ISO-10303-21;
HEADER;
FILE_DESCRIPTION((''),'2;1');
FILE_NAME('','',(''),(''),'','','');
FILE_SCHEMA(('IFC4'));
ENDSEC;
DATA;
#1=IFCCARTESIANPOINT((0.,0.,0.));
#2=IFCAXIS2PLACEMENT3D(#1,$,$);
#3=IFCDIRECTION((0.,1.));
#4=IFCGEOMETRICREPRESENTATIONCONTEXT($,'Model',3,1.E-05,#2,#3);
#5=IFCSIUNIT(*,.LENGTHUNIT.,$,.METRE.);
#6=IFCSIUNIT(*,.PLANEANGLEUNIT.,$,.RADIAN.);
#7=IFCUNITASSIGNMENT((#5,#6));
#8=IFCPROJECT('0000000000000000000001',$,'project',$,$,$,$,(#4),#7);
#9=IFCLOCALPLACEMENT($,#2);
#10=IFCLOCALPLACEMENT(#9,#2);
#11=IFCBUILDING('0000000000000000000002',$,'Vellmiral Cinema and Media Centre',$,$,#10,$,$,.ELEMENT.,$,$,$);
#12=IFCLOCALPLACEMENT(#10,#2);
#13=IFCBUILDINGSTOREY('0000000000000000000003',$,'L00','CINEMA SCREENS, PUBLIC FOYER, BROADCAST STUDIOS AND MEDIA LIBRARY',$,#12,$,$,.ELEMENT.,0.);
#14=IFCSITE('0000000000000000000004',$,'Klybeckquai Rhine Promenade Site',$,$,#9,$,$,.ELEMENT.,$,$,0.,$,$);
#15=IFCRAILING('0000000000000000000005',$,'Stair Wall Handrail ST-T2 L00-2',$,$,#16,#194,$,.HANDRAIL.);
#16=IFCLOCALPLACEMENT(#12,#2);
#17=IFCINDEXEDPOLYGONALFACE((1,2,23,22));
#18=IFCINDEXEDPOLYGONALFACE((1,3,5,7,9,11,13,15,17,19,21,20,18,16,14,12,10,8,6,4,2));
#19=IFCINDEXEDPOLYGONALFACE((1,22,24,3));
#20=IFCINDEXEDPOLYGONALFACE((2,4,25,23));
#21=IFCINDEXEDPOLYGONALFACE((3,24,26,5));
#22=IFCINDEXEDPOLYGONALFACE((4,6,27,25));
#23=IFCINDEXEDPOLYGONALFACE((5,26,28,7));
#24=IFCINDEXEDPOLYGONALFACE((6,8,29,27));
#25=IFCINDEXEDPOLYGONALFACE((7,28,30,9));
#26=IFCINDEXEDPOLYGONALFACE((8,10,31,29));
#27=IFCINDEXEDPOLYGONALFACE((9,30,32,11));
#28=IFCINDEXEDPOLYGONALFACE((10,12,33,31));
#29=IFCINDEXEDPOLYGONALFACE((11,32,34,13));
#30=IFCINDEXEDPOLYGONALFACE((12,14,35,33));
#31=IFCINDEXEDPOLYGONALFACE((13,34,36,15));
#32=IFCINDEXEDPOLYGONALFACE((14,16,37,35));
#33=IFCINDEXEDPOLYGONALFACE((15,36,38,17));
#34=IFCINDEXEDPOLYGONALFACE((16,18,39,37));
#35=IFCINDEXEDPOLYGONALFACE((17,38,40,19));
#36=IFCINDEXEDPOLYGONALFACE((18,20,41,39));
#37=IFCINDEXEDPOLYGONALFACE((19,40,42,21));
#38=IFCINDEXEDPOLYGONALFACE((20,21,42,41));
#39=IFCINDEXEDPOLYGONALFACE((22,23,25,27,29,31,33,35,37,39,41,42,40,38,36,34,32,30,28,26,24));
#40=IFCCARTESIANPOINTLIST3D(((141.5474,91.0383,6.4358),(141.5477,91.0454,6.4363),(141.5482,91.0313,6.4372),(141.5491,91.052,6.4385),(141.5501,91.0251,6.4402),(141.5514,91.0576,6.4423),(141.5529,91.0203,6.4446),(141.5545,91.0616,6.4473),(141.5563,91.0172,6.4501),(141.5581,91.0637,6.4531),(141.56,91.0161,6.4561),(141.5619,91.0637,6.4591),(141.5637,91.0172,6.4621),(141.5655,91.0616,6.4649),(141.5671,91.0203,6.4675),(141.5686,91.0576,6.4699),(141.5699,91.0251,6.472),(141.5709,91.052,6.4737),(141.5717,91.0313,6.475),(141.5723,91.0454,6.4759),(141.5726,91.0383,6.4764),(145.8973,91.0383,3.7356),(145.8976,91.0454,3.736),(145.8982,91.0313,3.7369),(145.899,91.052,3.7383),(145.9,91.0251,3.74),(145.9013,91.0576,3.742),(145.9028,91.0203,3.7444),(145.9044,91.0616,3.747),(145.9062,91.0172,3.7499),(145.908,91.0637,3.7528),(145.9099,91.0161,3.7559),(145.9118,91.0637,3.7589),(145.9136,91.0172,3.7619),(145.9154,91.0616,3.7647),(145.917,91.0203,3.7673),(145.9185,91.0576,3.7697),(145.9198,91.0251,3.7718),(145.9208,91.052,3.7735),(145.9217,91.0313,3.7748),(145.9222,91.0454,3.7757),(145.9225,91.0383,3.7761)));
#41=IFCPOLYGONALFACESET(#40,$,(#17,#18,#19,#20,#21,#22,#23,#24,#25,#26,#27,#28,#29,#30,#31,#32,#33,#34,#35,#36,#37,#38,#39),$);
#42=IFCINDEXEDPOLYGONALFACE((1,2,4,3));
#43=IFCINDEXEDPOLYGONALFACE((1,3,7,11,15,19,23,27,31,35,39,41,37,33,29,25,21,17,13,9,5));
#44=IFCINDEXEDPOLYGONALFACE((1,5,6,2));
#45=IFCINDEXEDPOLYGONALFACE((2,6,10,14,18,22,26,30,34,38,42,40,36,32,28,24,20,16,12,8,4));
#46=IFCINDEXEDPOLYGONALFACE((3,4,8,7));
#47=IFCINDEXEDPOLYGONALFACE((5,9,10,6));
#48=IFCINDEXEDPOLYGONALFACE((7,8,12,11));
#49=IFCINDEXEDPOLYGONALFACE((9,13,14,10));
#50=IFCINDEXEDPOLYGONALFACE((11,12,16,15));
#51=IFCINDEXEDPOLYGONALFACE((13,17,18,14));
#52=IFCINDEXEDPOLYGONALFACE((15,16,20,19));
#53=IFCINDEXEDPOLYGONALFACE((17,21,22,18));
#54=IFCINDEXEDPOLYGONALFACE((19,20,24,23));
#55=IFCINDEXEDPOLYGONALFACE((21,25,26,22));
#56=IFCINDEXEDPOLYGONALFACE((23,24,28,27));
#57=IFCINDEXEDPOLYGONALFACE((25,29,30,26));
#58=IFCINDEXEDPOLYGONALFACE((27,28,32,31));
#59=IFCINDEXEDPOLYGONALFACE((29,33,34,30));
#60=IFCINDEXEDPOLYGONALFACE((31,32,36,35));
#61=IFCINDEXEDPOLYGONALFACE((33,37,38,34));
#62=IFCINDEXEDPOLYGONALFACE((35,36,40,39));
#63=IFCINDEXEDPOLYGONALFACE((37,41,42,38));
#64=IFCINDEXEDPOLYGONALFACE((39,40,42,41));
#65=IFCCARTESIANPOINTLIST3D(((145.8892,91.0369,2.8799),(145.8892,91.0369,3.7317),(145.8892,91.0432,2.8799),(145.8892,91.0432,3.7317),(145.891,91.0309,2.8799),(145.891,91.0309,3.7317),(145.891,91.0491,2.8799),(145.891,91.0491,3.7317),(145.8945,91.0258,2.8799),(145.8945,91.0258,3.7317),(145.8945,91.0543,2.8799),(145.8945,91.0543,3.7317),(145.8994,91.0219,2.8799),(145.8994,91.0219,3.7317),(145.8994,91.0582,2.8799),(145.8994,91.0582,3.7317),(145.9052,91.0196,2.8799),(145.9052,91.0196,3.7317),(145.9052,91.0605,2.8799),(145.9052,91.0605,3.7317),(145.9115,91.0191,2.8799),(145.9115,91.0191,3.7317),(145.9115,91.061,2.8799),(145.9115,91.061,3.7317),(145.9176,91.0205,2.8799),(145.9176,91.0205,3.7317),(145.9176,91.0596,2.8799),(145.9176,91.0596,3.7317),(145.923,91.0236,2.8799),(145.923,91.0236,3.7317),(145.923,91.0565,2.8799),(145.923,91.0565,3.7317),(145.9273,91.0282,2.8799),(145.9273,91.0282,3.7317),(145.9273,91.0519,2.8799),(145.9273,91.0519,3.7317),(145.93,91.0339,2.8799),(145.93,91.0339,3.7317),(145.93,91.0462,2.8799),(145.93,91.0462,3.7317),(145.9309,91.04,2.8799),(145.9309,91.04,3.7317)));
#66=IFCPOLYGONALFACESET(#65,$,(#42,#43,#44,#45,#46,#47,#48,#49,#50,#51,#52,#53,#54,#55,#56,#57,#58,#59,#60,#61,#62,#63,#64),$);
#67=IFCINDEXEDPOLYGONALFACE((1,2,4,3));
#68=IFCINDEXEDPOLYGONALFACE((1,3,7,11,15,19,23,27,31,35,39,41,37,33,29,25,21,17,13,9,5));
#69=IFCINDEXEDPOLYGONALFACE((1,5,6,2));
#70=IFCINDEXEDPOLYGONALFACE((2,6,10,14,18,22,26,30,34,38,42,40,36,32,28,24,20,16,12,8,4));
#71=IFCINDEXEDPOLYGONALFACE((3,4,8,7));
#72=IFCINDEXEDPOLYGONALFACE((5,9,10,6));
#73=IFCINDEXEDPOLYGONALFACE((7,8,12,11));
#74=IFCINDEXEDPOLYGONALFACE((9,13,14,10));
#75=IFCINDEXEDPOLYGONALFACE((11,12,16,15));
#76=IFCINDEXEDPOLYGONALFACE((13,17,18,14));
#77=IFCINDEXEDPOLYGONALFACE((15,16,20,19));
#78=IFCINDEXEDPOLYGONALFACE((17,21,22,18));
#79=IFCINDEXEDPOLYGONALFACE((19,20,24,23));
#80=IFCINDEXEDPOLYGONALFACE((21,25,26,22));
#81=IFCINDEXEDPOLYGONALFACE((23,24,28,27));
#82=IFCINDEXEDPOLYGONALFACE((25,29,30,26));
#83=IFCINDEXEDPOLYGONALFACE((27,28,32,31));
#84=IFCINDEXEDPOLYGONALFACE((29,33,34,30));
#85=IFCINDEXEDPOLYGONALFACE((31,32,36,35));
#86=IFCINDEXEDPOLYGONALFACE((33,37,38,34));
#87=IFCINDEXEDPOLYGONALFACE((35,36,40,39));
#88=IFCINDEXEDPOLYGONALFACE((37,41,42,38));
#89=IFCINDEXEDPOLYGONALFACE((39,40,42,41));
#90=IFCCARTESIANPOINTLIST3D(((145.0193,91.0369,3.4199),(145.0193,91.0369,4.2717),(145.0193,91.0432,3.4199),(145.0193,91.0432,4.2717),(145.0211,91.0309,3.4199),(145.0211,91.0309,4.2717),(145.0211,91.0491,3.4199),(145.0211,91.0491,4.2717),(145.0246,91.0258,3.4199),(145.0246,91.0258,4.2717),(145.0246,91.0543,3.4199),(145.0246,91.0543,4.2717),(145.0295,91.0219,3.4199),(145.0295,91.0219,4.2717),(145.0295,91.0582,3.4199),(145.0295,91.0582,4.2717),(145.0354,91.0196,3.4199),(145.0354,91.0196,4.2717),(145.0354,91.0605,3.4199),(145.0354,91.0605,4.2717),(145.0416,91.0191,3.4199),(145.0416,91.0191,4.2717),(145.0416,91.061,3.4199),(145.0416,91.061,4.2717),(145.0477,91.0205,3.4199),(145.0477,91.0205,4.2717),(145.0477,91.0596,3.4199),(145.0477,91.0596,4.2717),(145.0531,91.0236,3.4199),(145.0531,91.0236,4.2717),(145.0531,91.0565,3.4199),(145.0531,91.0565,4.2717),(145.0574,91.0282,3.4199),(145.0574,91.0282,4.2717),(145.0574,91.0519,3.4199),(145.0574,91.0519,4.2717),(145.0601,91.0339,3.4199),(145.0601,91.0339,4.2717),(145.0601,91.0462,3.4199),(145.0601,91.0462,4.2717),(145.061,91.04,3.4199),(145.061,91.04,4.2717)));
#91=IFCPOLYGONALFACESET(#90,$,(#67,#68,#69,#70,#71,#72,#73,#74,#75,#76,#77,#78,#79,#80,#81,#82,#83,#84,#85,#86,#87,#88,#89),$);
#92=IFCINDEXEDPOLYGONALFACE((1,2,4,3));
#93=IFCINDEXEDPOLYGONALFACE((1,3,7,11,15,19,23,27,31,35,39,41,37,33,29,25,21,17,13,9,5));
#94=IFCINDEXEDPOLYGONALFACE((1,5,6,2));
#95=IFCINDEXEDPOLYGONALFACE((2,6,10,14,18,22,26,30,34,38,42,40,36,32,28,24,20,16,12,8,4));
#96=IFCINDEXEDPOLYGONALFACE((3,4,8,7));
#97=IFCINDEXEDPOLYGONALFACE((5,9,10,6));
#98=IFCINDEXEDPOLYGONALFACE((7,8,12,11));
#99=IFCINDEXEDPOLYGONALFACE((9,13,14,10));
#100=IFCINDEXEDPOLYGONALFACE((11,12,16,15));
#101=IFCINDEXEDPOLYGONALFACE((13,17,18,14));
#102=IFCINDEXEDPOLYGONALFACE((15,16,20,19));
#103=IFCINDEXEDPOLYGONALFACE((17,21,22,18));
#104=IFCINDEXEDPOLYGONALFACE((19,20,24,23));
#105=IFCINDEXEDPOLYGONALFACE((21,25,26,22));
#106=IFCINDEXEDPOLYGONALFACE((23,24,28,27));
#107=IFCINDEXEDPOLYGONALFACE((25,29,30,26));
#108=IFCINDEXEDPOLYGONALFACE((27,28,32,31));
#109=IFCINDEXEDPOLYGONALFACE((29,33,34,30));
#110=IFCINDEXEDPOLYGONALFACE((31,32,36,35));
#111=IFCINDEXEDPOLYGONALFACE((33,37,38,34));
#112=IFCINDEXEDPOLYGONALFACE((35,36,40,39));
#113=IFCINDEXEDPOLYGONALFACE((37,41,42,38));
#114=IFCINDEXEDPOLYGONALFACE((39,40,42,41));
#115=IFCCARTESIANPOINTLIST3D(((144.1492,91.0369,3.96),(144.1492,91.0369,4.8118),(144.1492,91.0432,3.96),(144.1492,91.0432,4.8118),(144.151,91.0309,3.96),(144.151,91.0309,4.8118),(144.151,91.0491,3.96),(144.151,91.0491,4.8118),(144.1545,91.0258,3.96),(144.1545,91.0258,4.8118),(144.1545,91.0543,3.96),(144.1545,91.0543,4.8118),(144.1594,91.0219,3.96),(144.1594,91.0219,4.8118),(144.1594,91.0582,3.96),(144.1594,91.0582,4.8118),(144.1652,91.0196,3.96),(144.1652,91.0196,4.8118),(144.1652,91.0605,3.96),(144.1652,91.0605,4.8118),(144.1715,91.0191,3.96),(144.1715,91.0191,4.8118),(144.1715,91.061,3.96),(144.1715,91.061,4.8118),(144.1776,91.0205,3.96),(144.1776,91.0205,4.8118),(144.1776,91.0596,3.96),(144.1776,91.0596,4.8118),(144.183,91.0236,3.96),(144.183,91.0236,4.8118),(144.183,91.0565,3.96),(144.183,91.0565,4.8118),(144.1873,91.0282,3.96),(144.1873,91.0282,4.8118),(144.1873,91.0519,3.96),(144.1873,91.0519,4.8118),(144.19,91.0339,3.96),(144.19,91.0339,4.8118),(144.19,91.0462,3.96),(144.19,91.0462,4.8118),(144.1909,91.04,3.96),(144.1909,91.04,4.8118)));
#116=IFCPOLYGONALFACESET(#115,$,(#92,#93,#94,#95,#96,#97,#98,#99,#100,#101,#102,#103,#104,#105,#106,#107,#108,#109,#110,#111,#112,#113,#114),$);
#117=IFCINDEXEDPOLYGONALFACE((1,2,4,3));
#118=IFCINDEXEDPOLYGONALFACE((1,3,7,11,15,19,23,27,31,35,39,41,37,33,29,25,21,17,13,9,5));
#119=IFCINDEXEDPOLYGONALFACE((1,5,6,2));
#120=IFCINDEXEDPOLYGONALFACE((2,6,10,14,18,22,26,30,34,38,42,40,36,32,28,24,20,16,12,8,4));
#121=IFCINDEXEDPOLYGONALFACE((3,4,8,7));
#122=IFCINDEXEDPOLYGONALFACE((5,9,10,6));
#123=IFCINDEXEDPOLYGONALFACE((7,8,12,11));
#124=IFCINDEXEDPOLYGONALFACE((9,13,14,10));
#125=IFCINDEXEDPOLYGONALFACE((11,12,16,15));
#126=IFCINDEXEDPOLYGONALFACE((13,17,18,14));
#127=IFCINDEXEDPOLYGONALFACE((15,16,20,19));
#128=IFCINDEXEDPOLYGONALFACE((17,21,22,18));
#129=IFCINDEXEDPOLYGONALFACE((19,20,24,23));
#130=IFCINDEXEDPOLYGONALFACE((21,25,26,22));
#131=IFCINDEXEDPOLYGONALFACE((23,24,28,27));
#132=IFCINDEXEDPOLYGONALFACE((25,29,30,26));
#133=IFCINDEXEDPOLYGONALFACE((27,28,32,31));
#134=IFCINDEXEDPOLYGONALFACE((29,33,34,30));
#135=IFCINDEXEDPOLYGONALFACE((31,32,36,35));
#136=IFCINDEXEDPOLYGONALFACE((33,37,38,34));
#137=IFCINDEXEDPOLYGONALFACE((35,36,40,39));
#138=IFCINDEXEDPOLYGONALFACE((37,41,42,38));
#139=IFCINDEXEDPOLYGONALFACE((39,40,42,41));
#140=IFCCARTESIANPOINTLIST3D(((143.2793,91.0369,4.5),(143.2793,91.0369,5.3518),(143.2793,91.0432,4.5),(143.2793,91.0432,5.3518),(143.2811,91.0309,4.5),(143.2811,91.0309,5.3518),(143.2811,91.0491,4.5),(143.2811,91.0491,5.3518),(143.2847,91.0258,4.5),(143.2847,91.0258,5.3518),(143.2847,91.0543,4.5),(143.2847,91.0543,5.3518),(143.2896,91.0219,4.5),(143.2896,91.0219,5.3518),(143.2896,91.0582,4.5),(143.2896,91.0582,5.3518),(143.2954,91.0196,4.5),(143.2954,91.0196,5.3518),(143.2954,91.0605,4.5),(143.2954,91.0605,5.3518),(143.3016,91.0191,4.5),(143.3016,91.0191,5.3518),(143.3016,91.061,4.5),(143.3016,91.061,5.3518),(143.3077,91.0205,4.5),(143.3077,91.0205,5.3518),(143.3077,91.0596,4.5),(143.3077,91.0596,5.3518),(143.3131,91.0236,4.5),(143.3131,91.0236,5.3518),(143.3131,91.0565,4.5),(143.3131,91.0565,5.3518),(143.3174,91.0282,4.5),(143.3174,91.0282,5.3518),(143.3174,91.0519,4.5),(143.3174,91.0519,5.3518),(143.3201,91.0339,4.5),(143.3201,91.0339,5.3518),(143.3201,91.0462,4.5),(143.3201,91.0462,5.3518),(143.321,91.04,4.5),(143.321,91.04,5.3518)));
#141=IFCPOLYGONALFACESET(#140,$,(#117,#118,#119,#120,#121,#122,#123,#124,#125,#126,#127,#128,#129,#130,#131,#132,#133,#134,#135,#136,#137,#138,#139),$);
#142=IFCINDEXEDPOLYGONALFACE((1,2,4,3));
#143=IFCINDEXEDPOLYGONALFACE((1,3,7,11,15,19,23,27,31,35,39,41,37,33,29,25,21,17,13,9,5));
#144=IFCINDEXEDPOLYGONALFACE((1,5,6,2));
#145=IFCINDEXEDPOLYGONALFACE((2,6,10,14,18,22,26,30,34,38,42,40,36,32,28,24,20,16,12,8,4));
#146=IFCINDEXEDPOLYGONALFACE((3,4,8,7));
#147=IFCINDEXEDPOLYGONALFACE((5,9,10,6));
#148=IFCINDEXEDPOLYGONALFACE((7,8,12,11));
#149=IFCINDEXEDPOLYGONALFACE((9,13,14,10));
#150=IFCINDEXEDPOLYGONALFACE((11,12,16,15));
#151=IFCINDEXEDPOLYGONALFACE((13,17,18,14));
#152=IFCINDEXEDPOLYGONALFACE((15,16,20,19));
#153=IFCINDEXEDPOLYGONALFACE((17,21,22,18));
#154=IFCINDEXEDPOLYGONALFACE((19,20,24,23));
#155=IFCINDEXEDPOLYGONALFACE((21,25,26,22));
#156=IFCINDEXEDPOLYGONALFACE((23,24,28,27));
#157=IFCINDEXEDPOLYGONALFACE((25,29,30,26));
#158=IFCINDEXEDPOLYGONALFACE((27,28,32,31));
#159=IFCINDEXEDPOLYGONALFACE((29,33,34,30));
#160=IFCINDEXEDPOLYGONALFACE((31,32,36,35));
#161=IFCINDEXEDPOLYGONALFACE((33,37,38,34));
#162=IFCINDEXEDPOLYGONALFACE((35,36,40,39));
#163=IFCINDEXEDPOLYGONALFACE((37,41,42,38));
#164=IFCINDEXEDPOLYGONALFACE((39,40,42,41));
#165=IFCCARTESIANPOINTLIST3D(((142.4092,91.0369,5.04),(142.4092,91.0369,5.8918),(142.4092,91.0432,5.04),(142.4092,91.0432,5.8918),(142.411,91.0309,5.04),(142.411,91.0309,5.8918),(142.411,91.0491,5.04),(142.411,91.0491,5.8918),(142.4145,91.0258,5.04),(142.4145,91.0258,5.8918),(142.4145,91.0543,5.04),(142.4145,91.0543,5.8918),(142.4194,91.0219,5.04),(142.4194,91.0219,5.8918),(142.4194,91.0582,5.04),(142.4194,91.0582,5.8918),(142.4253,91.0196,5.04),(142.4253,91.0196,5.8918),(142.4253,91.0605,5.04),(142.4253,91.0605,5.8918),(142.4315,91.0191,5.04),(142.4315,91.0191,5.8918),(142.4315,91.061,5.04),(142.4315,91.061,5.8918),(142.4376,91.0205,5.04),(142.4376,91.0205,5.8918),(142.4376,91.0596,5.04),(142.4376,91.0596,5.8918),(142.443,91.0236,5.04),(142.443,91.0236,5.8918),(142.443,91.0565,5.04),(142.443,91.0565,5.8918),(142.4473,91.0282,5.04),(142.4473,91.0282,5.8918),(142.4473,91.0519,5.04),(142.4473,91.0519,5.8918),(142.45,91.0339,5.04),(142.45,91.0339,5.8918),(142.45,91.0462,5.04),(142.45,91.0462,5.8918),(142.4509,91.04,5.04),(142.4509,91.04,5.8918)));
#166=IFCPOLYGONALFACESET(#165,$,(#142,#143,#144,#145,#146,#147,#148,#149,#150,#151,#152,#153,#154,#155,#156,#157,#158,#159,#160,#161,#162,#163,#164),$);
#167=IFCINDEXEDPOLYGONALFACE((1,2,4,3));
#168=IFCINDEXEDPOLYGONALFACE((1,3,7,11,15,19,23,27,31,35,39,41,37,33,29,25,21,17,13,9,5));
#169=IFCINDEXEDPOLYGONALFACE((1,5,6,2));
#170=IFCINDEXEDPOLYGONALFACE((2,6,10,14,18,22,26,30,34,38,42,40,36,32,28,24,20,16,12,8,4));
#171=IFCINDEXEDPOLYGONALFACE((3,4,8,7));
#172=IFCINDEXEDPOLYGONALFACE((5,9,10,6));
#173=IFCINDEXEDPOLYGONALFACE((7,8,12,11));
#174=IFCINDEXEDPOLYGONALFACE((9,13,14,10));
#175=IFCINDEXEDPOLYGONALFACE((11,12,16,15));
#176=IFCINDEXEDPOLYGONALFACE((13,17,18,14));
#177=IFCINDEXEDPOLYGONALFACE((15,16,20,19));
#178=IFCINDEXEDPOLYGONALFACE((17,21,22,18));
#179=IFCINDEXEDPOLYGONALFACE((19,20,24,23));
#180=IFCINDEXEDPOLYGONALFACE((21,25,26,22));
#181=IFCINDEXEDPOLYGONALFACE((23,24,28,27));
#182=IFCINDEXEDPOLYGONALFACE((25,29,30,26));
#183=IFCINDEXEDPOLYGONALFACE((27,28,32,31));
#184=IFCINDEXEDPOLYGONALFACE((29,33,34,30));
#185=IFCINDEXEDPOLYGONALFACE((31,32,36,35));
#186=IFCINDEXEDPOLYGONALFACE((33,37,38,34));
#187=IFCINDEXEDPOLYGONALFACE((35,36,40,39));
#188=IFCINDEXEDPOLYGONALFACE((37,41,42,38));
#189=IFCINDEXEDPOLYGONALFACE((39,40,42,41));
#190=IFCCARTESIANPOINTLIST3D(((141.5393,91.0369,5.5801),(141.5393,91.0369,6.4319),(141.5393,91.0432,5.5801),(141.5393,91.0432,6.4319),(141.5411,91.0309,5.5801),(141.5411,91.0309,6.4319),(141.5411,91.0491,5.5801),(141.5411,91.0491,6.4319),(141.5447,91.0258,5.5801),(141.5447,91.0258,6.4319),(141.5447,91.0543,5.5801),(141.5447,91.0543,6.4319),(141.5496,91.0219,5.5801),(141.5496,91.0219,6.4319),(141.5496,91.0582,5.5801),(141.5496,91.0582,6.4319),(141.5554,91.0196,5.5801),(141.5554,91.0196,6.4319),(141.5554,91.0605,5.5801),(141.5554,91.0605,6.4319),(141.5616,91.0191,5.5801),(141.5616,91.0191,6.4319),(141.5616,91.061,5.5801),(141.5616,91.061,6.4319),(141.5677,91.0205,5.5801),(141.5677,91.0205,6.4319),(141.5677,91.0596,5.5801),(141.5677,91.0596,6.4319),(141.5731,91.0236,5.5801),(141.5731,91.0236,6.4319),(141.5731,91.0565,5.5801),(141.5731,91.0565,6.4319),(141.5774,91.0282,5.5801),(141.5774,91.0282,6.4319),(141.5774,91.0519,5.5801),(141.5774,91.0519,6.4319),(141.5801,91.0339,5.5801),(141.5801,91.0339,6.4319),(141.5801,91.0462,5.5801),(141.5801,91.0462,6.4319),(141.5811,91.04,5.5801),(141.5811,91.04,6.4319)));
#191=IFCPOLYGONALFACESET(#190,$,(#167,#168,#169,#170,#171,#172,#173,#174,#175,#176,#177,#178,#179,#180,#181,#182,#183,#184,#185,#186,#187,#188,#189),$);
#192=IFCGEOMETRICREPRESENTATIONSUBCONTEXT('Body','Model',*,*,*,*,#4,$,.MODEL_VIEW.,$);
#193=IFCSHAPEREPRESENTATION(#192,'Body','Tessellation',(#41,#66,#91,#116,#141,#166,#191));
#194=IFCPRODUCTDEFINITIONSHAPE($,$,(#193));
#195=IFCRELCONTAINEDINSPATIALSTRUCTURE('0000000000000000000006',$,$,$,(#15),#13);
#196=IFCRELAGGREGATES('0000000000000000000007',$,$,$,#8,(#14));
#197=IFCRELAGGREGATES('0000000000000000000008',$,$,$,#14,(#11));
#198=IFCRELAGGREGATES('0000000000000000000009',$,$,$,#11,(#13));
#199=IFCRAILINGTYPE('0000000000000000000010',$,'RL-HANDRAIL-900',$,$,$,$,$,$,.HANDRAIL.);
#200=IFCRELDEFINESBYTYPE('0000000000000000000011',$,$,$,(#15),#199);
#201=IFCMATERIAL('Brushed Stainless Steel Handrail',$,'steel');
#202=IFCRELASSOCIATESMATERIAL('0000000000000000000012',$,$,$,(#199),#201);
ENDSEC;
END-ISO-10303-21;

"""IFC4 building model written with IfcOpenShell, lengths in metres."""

from ifc_helpers import new_model, si_unit, direction, frame, origin, origin_2d, place, context, subcontext, project, spatial, circle, extrude, material, type_object, element, save


model = new_model("IFC4")

# Units and contexts
model_context = context("Model", 3, precision=1e-05, world=origin(), true_north=direction((0.0, 1.0)))
body_context = subcontext(model_context, "Body", "Model", "MODEL_VIEW")
ifc_project = project(units=[si_unit("LENGTHUNIT", "METRE"), si_unit("PLANEANGLEUNIT", "RADIAN")], contexts=[model_context])

# Site, building, storey
site_placement = place(None, origin())
site = spatial("IfcSite", under=ifc_project, at=site_placement, Name="Klybeckquai Rhine Promenade Site", CompositionType="ELEMENT", RefElevation=0.0)
building_placement = place(site_placement, origin())
building = spatial("IfcBuilding", under=site, at=building_placement, Name="Vellmiral Cinema and Media Centre", CompositionType="ELEMENT")
storey_placement = place(building_placement, origin())
storey = spatial("IfcBuildingStorey", under=building, at=storey_placement, Name="L00", Description="CINEMA SCREENS, PUBLIC FOYER, BROADCAST STUDIOS AND MEDIA LIBRARY", CompositionType="ELEMENT", Elevation=0.0)

# Railing
ifc_material_1 = material(Name="Brushed Stainless Steel Handrail", Category="steel")
railing_type_1 = type_object("IfcRailingType", Name="RL-HANDRAIL-900", PredefinedType="HANDRAIL", material=ifc_material_1)
railing_1_placement = place(storey_placement, frame((145.9099, 91.04, 2.8799)))
element("IfcRailing", 1, at=railing_1_placement, inside=storey, type_object=railing_type_1, Name="Stair Wall Handrail ST-T2 L00-2", PredefinedType="HANDRAIL", context=body_context, shape_type="SweptSolid", body=[
    extrude(circle(Radius=0.0239, at=origin_2d()), frame((0.0, 0.0, 0.876), z_axis=(-0.849615, 0.0, 0.527403), x_axis=(0.0, -1.0, 0.0)), (0.0, 0.0, 1.0), 5.1199),
    extrude(circle(Radius=0.021, at=origin_2d()), origin(), (0.0, 0.0, 1.0), 0.8518),
    extrude(circle(Radius=0.021, at=origin_2d()), frame((-0.8699, 0.0, 0.54)), (0.0, 0.0, 1.0), 0.8518),
    extrude(circle(Radius=0.021, at=origin_2d()), frame((-1.74, 0.0, 1.0801)), (0.0, 0.0, 1.0), 0.8518),
    extrude(circle(Radius=0.021, at=origin_2d()), frame((-2.6099, 0.0, 1.6201)), (0.0, 0.0, 1.0), 0.8518),
    extrude(circle(Radius=0.021, at=origin_2d()), frame((-3.48, 0.0, 2.1602)), (0.0, 0.0, 1.0), 0.8518),
    extrude(circle(Radius=0.021, at=origin_2d()), frame((-4.3499, 0.0, 2.7002)), (0.0, 0.0, 1.0), 0.8518),
])

save(model, "model.ifc")
